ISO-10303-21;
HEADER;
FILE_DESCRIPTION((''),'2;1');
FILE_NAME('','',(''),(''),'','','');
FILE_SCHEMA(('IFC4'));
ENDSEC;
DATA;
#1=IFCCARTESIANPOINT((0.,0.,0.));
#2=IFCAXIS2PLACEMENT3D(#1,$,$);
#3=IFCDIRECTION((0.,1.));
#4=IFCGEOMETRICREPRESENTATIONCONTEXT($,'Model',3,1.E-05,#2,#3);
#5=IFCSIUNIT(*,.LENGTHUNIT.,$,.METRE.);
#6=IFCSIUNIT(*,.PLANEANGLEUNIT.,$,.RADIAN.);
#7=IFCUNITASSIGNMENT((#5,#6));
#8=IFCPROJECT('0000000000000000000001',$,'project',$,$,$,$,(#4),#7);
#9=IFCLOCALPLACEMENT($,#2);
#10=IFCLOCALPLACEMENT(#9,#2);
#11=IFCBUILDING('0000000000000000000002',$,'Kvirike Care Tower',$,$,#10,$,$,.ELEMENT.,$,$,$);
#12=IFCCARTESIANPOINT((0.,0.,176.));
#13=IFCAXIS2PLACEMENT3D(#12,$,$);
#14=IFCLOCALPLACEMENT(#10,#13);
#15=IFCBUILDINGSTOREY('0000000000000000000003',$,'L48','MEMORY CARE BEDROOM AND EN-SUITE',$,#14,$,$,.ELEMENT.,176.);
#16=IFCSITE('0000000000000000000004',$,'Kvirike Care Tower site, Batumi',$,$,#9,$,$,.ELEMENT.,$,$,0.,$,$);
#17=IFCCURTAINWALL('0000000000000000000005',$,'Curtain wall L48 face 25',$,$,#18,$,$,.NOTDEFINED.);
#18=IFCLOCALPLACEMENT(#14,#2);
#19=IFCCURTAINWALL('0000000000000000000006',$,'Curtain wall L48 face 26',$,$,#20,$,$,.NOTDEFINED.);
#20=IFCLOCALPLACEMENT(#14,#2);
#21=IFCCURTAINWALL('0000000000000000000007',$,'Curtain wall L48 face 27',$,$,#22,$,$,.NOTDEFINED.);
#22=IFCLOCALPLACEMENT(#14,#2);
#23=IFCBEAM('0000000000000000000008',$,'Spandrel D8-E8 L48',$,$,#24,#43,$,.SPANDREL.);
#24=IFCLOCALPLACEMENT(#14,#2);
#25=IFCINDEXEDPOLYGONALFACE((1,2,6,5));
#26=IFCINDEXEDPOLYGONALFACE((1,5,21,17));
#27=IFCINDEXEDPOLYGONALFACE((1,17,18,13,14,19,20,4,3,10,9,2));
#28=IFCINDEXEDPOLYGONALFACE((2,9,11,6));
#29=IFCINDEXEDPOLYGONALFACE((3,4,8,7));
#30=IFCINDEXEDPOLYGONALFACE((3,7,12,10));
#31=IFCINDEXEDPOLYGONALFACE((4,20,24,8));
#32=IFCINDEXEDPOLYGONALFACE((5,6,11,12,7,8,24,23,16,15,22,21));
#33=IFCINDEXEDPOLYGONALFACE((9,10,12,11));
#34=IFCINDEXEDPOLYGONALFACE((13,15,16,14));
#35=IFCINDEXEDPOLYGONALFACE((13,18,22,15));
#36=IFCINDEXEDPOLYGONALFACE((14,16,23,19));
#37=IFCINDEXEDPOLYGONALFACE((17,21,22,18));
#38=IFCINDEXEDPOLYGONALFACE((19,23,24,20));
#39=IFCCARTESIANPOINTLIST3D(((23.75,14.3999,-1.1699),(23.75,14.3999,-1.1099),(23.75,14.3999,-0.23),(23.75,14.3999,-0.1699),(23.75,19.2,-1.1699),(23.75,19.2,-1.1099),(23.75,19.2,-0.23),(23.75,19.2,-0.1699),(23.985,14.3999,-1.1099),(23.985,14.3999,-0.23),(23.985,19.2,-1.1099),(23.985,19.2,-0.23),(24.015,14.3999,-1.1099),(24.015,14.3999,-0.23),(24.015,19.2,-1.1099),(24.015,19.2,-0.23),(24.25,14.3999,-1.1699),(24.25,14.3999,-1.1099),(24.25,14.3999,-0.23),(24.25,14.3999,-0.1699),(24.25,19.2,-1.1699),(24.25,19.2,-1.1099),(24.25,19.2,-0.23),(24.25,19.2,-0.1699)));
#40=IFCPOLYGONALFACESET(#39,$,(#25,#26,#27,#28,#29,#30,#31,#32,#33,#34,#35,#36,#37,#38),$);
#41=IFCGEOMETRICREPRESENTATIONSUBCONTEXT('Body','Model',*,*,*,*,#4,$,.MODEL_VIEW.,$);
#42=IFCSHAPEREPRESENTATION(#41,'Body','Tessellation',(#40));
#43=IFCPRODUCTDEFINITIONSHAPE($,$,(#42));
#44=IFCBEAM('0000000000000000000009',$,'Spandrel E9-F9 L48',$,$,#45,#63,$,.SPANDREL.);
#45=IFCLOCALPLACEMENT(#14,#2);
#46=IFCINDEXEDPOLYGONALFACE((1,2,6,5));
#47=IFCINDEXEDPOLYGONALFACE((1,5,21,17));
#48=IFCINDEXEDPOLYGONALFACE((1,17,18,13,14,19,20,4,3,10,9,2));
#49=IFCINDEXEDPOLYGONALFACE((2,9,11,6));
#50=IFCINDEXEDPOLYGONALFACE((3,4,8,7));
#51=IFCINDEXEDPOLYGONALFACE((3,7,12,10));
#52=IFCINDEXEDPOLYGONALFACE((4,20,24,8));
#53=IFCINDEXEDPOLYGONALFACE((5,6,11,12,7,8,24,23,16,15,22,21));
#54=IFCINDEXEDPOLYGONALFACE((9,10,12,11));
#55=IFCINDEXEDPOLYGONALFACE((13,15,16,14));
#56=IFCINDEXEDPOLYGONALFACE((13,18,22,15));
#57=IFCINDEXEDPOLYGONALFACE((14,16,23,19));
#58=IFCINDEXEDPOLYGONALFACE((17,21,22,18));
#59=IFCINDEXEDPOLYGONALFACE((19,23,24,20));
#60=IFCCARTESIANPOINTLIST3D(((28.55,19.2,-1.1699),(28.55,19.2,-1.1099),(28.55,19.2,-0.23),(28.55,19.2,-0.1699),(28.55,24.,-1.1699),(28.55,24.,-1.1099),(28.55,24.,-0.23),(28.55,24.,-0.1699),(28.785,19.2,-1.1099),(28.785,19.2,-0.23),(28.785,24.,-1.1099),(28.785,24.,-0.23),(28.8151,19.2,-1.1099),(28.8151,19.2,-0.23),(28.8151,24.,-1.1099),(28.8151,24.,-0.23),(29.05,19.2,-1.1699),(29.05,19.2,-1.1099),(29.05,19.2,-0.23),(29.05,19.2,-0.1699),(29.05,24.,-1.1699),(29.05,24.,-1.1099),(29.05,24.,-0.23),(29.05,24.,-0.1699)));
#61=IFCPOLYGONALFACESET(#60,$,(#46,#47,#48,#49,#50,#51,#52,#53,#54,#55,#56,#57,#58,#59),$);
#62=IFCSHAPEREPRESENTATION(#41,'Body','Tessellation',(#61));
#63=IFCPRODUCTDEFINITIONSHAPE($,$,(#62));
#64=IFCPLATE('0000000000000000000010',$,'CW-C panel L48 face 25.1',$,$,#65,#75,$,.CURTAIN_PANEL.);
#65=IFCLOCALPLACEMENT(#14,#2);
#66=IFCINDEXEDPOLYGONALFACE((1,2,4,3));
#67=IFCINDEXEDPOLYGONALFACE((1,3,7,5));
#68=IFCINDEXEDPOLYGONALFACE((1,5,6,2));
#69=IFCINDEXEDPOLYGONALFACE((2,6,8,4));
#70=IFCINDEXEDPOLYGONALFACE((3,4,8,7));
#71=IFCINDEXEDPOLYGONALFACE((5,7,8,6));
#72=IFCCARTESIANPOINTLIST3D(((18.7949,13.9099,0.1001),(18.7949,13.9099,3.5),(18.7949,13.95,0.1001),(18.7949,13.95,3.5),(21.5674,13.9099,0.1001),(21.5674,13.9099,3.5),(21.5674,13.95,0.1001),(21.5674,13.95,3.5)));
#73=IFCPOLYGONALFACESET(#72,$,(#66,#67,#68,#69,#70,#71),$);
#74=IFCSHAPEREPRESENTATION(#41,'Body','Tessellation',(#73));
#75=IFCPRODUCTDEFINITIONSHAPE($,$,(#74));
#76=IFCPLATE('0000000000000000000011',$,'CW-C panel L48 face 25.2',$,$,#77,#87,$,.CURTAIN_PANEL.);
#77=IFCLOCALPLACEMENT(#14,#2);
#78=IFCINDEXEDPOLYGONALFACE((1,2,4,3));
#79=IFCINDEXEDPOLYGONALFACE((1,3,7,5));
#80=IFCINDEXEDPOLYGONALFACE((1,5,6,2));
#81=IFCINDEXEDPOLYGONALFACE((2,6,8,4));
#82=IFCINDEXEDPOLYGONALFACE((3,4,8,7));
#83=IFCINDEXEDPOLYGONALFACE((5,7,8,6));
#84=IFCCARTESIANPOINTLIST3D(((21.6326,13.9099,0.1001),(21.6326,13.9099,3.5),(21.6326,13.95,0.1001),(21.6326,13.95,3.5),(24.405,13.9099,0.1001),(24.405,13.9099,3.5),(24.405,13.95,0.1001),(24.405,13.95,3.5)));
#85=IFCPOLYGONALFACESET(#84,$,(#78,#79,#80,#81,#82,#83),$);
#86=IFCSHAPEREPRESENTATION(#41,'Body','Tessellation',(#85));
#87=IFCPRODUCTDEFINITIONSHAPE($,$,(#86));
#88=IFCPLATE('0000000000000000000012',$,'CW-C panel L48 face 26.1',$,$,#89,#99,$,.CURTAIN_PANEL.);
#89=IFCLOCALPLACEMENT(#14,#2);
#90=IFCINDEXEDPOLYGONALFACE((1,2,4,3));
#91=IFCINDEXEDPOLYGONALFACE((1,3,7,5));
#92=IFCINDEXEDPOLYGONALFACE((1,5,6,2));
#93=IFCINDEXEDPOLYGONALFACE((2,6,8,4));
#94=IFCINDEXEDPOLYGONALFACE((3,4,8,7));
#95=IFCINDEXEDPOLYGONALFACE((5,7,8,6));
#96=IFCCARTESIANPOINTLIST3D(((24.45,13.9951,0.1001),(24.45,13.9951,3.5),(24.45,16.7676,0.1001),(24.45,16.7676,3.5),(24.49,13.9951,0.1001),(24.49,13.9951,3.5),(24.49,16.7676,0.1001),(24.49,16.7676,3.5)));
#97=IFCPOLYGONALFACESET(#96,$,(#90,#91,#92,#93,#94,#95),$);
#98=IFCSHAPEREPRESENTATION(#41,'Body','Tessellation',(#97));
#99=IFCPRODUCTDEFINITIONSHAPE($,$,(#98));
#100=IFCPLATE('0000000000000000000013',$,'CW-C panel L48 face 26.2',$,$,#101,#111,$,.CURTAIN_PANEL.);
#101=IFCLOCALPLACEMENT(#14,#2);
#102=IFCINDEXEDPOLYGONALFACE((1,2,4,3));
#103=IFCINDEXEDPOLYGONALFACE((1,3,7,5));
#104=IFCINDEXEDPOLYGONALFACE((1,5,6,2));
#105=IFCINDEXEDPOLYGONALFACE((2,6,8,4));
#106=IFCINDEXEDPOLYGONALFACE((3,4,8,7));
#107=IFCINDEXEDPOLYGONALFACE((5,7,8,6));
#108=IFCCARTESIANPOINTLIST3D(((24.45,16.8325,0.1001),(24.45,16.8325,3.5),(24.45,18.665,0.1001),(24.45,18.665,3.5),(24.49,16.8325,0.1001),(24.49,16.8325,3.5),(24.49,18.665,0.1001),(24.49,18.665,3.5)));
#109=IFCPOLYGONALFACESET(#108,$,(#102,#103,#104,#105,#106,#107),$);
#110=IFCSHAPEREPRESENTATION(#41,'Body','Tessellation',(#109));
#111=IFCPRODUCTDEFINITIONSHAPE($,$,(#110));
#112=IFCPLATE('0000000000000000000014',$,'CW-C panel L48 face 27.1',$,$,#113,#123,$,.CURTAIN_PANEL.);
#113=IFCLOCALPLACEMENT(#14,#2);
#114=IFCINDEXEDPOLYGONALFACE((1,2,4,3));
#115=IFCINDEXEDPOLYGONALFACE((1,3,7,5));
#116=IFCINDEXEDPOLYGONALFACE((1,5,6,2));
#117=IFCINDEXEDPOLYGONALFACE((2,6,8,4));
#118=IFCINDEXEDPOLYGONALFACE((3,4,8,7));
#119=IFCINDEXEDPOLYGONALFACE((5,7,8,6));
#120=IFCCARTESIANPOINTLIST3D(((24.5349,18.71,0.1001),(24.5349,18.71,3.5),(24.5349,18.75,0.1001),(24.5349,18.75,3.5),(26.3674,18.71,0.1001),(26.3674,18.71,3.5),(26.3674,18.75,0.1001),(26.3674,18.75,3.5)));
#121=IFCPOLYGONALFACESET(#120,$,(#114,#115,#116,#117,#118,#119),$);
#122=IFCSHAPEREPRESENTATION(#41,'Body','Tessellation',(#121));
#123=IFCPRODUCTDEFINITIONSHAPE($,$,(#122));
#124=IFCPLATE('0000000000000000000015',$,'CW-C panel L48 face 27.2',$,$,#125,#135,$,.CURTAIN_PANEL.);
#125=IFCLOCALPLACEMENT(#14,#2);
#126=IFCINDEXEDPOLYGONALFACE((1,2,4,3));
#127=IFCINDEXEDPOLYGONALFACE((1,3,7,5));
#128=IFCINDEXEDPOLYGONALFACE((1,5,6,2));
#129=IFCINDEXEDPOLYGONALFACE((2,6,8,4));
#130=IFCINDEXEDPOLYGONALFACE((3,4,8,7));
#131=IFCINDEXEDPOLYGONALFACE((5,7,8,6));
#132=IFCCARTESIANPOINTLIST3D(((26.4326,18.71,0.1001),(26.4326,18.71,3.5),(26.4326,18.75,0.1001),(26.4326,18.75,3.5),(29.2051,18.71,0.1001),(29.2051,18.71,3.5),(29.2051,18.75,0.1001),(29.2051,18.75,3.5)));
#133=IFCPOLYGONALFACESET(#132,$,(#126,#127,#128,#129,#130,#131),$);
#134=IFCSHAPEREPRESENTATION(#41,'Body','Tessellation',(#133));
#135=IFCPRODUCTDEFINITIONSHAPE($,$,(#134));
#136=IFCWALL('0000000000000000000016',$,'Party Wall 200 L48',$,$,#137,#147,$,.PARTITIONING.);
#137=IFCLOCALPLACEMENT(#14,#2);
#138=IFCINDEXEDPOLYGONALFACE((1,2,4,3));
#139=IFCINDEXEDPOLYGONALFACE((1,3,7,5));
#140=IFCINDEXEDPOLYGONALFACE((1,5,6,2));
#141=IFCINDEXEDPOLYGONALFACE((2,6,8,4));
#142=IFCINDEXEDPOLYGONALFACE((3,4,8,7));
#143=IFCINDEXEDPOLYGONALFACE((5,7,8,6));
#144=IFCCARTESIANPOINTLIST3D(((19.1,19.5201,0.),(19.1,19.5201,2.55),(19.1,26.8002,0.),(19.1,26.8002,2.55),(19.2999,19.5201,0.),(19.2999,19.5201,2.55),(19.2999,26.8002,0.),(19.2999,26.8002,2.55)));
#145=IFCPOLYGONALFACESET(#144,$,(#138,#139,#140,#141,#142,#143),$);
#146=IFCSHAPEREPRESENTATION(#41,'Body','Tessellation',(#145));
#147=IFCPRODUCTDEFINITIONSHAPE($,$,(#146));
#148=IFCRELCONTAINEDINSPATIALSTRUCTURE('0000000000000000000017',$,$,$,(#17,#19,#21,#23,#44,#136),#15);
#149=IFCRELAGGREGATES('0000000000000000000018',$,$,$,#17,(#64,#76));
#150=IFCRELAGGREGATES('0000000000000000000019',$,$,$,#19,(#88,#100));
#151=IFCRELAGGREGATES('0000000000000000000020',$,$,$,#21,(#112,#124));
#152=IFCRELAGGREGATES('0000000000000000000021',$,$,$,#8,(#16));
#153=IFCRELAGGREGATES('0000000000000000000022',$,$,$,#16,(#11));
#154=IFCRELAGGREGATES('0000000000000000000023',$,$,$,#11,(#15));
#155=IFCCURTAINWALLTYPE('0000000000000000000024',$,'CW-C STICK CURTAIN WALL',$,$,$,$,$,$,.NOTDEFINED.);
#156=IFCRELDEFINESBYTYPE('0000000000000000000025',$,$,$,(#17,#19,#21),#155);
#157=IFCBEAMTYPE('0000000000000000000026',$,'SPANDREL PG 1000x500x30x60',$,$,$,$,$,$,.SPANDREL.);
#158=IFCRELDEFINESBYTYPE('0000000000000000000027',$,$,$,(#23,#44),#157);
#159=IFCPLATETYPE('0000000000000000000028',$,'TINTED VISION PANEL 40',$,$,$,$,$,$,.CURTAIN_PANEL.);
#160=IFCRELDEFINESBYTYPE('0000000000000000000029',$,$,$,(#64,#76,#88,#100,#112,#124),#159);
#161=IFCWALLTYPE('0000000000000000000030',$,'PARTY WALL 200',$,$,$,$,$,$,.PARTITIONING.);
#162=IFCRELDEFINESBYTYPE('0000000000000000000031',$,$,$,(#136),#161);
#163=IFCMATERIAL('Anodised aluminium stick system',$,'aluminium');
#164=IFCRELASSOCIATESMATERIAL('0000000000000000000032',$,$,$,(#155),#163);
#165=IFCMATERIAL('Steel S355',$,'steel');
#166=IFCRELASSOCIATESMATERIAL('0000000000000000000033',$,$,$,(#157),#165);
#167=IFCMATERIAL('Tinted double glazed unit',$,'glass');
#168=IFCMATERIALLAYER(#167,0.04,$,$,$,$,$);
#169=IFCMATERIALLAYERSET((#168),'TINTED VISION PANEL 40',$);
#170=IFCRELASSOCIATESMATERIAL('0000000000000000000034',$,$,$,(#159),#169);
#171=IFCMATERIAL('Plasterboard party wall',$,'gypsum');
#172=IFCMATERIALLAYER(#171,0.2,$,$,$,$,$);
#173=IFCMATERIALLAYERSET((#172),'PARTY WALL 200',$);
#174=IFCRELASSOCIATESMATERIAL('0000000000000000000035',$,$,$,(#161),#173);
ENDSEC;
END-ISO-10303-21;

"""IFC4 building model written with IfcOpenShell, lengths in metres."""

from ifc_helpers import new_model, si_unit, direction, frame, frame_2d, origin, origin_2d, place, context, subcontext, project, spatial, rectangle, i_section, extrude, material, layer, layer_set, material_profile, profile_set, type_object, element, aggregate, save


model = new_model("IFC4")

# Units and contexts
model_context = context("Model", 3, precision=1e-05, world=origin(), true_north=direction((0.0, 1.0)))
body_context = subcontext(model_context, "Body", "Model", "MODEL_VIEW")
ifc_project = project(units=[si_unit("LENGTHUNIT", "METRE"), si_unit("PLANEANGLEUNIT", "RADIAN")], contexts=[model_context])

# Site, building, storey
site_placement = place(None, origin())
site = spatial("IfcSite", under=ifc_project, at=site_placement, Name="Kvirike Care Tower site, Batumi", CompositionType="ELEMENT", RefElevation=0.0)
building_placement = place(site_placement, origin())
building = spatial("IfcBuilding", under=site, at=building_placement, Name="Kvirike Care Tower", CompositionType="ELEMENT")
storey_placement = place(building_placement, frame((0.0, 0.0, 176.0)))
storey = spatial("IfcBuildingStorey", under=building, at=storey_placement, Name="L48", Description="MEMORY CARE BEDROOM AND EN-SUITE", CompositionType="ELEMENT", Elevation=176.0)

# Curtain walls
ifc_material_1 = material(Name="Anodised aluminium stick system", Category="aluminium")
curtain_wall_type = type_object("IfcCurtainWallType", Name="CW-C STICK CURTAIN WALL", PredefinedType="NOTDEFINED", material=ifc_material_1)
curtain_wall_1_placement = place(storey_placement, origin())
curtain_wall_1 = element("IfcCurtainWall", 1, at=curtain_wall_1_placement, inside=storey, type_object=curtain_wall_type, Name="Curtain wall L48 face 25", PredefinedType="NOTDEFINED")
curtain_wall_2_placement = place(storey_placement, origin())
curtain_wall_2 = element("IfcCurtainWall", 2, at=curtain_wall_2_placement, inside=storey, type_object=curtain_wall_type, Name="Curtain wall L48 face 26", PredefinedType="NOTDEFINED")
curtain_wall_3_placement = place(storey_placement, origin())
curtain_wall_3 = element("IfcCurtainWall", 3, at=curtain_wall_3_placement, inside=storey, type_object=curtain_wall_type, Name="Curtain wall L48 face 27", PredefinedType="NOTDEFINED")

# Beams
ifc_material_2 = material(Name="Steel S355", Category="steel")
ifc_material_profile_1 = material_profile(ifc_material_2, i_section(OverallWidth=0.5, OverallDepth=1.0, WebThickness=0.03, FlangeThickness=0.0601, at=origin_2d()), Name="PG 1000x500x30x60")
ifc_profile_set_1 = profile_set([ifc_material_profile_1], Name="Steel S355")
beam_type_1 = type_object("IfcBeamType", Name="SPANDREL PG 1000x500x30x60", PredefinedType="SPANDREL", material=ifc_profile_set_1)
for number, where, z_axis, x_axis, name in (
    (4, (24.0, 14.3999, -0.6699), (0.0, 1.0, 0.0), (-1.0, 0.0, 0.0), "Spandrel D8-E8 L48"),
    (5, (28.8, 19.2, -0.6699), (0.0, 1.0, 0.0), (-1.0, 0.0, 0.0), "Spandrel E9-F9 L48"),
):
    element("IfcBeam", number, at=place(storey_placement, frame(where, z_axis=z_axis, x_axis=x_axis)), inside=storey, type_object=beam_type_1, Name=name, PredefinedType="SPANDREL", context=body_context, shape_type="SweptSolid", body=[
        extrude(i_section(OverallWidth=0.5, OverallDepth=1.0, WebThickness=0.03, FlangeThickness=0.0601, at=origin_2d()), origin(), (0.0, 0.0, 1.0), 4.8),
    ])

# Plates
ifc_material_3 = material(Name="Tinted double glazed unit", Category="glass")
ifc_layer_1 = layer(ifc_material_3, 0.04)
ifc_layer_set_1 = layer_set([ifc_layer_1], Name="TINTED VISION PANEL 40")
plate_type = type_object("IfcPlateType", Name="TINTED VISION PANEL 40", PredefinedType="CURTAIN_PANEL", material=ifc_layer_set_1)
plate_1_placement = place(storey_placement, frame((20.1812, 13.9299, 0.1001), z_axis=(0.0, 0.0, 1.0), x_axis=(1.0, 0.0, 0.0)))
plate_1 = element("IfcPlate", 6, at=plate_1_placement, type_object=plate_type, Name="CW-C panel L48 face 25.1", PredefinedType="CURTAIN_PANEL", context=body_context, shape_type="SweptSolid", body=[
    extrude(rectangle(XDim=2.7725, YDim=0.04, at=origin_2d()), origin(), (0.0, 0.0, 1.0), 3.3999),
])
plate_2_placement = place(storey_placement, frame((23.0188, 13.9299, 0.1001), z_axis=(0.0, 0.0, 1.0), x_axis=(1.0, 0.0, 0.0)))
plate_2 = element("IfcPlate", 7, at=plate_2_placement, type_object=plate_type, Name="CW-C panel L48 face 25.2", PredefinedType="CURTAIN_PANEL", context=body_context, shape_type="SweptSolid", body=[
    extrude(rectangle(XDim=2.7725, YDim=0.04, at=origin_2d()), origin(), (0.0, 0.0, 1.0), 3.3999),
])
aggregate(curtain_wall_1, [plate_1, plate_2])
plate_3_placement = place(storey_placement, frame((24.47, 15.3813, 0.1001), z_axis=(0.0, 0.0, 1.0), x_axis=(0.0, 1.0, 0.0)))
plate_3 = element("IfcPlate", 8, at=plate_3_placement, type_object=plate_type, Name="CW-C panel L48 face 26.1", PredefinedType="CURTAIN_PANEL", context=body_context, shape_type="SweptSolid", body=[
    extrude(rectangle(XDim=2.7725, YDim=0.04, at=origin_2d()), origin(), (0.0, 0.0, 1.0), 3.3999),
])
plate_4_placement = place(storey_placement, frame((24.47, 17.7488, 0.1001), z_axis=(0.0, 0.0, 1.0), x_axis=(0.0, 1.0, 0.0)))
plate_4 = element("IfcPlate", 9, at=plate_4_placement, type_object=plate_type, Name="CW-C panel L48 face 26.2", PredefinedType="CURTAIN_PANEL", context=body_context, shape_type="SweptSolid", body=[
    extrude(rectangle(XDim=1.8325, YDim=0.04, at=origin_2d()), origin(), (0.0, 0.0, 1.0), 3.3999),
])
aggregate(curtain_wall_2, [plate_3, plate_4])
plate_5_placement = place(storey_placement, frame((25.4512, 18.73, 0.1001), z_axis=(0.0, 0.0, 1.0), x_axis=(1.0, 0.0, 0.0)))
plate_5 = element("IfcPlate", 10, at=plate_5_placement, type_object=plate_type, Name="CW-C panel L48 face 27.1", PredefinedType="CURTAIN_PANEL", context=body_context, shape_type="SweptSolid", body=[
    extrude(rectangle(XDim=1.8325, YDim=0.04, at=origin_2d()), origin(), (0.0, 0.0, 1.0), 3.3999),
])
plate_6_placement = place(storey_placement, frame((27.8188, 18.73, 0.1001), z_axis=(0.0, 0.0, 1.0), x_axis=(1.0, 0.0, 0.0)))
plate_6 = element("IfcPlate", 11, at=plate_6_placement, type_object=plate_type, Name="CW-C panel L48 face 27.2", PredefinedType="CURTAIN_PANEL", context=body_context, shape_type="SweptSolid", body=[
    extrude(rectangle(XDim=2.7725, YDim=0.04, at=origin_2d()), origin(), (0.0, 0.0, 1.0), 3.3999),
])
aggregate(curtain_wall_3, [plate_5, plate_6])

# Wall
ifc_material_4 = material(Name="Plasterboard party wall", Category="gypsum")
ifc_layer_2 = layer(ifc_material_4, 0.2)
ifc_layer_set_2 = layer_set([ifc_layer_2], Name="PARTY WALL 200")
wall_type = type_object("IfcWallType", Name="PARTY WALL 200", PredefinedType="PARTITIONING", material=ifc_layer_set_2)
wall_placement = place(storey_placement, frame((19.2, 19.52, 0.0), z_axis=(0.0, 0.0, 1.0), x_axis=(0.0, 1.0, 0.0)))
element("IfcWall", 12, at=wall_placement, inside=storey, type_object=wall_type, Name="Party Wall 200 L48", PredefinedType="PARTITIONING", context=body_context, shape_type="SweptSolid", body=[
    extrude(rectangle(XDim=7.28, YDim=0.2, at=frame_2d((3.6401, 0.0))), origin(), (0.0, 0.0, 1.0), 2.55),
])

save(model, "model.ifc")
